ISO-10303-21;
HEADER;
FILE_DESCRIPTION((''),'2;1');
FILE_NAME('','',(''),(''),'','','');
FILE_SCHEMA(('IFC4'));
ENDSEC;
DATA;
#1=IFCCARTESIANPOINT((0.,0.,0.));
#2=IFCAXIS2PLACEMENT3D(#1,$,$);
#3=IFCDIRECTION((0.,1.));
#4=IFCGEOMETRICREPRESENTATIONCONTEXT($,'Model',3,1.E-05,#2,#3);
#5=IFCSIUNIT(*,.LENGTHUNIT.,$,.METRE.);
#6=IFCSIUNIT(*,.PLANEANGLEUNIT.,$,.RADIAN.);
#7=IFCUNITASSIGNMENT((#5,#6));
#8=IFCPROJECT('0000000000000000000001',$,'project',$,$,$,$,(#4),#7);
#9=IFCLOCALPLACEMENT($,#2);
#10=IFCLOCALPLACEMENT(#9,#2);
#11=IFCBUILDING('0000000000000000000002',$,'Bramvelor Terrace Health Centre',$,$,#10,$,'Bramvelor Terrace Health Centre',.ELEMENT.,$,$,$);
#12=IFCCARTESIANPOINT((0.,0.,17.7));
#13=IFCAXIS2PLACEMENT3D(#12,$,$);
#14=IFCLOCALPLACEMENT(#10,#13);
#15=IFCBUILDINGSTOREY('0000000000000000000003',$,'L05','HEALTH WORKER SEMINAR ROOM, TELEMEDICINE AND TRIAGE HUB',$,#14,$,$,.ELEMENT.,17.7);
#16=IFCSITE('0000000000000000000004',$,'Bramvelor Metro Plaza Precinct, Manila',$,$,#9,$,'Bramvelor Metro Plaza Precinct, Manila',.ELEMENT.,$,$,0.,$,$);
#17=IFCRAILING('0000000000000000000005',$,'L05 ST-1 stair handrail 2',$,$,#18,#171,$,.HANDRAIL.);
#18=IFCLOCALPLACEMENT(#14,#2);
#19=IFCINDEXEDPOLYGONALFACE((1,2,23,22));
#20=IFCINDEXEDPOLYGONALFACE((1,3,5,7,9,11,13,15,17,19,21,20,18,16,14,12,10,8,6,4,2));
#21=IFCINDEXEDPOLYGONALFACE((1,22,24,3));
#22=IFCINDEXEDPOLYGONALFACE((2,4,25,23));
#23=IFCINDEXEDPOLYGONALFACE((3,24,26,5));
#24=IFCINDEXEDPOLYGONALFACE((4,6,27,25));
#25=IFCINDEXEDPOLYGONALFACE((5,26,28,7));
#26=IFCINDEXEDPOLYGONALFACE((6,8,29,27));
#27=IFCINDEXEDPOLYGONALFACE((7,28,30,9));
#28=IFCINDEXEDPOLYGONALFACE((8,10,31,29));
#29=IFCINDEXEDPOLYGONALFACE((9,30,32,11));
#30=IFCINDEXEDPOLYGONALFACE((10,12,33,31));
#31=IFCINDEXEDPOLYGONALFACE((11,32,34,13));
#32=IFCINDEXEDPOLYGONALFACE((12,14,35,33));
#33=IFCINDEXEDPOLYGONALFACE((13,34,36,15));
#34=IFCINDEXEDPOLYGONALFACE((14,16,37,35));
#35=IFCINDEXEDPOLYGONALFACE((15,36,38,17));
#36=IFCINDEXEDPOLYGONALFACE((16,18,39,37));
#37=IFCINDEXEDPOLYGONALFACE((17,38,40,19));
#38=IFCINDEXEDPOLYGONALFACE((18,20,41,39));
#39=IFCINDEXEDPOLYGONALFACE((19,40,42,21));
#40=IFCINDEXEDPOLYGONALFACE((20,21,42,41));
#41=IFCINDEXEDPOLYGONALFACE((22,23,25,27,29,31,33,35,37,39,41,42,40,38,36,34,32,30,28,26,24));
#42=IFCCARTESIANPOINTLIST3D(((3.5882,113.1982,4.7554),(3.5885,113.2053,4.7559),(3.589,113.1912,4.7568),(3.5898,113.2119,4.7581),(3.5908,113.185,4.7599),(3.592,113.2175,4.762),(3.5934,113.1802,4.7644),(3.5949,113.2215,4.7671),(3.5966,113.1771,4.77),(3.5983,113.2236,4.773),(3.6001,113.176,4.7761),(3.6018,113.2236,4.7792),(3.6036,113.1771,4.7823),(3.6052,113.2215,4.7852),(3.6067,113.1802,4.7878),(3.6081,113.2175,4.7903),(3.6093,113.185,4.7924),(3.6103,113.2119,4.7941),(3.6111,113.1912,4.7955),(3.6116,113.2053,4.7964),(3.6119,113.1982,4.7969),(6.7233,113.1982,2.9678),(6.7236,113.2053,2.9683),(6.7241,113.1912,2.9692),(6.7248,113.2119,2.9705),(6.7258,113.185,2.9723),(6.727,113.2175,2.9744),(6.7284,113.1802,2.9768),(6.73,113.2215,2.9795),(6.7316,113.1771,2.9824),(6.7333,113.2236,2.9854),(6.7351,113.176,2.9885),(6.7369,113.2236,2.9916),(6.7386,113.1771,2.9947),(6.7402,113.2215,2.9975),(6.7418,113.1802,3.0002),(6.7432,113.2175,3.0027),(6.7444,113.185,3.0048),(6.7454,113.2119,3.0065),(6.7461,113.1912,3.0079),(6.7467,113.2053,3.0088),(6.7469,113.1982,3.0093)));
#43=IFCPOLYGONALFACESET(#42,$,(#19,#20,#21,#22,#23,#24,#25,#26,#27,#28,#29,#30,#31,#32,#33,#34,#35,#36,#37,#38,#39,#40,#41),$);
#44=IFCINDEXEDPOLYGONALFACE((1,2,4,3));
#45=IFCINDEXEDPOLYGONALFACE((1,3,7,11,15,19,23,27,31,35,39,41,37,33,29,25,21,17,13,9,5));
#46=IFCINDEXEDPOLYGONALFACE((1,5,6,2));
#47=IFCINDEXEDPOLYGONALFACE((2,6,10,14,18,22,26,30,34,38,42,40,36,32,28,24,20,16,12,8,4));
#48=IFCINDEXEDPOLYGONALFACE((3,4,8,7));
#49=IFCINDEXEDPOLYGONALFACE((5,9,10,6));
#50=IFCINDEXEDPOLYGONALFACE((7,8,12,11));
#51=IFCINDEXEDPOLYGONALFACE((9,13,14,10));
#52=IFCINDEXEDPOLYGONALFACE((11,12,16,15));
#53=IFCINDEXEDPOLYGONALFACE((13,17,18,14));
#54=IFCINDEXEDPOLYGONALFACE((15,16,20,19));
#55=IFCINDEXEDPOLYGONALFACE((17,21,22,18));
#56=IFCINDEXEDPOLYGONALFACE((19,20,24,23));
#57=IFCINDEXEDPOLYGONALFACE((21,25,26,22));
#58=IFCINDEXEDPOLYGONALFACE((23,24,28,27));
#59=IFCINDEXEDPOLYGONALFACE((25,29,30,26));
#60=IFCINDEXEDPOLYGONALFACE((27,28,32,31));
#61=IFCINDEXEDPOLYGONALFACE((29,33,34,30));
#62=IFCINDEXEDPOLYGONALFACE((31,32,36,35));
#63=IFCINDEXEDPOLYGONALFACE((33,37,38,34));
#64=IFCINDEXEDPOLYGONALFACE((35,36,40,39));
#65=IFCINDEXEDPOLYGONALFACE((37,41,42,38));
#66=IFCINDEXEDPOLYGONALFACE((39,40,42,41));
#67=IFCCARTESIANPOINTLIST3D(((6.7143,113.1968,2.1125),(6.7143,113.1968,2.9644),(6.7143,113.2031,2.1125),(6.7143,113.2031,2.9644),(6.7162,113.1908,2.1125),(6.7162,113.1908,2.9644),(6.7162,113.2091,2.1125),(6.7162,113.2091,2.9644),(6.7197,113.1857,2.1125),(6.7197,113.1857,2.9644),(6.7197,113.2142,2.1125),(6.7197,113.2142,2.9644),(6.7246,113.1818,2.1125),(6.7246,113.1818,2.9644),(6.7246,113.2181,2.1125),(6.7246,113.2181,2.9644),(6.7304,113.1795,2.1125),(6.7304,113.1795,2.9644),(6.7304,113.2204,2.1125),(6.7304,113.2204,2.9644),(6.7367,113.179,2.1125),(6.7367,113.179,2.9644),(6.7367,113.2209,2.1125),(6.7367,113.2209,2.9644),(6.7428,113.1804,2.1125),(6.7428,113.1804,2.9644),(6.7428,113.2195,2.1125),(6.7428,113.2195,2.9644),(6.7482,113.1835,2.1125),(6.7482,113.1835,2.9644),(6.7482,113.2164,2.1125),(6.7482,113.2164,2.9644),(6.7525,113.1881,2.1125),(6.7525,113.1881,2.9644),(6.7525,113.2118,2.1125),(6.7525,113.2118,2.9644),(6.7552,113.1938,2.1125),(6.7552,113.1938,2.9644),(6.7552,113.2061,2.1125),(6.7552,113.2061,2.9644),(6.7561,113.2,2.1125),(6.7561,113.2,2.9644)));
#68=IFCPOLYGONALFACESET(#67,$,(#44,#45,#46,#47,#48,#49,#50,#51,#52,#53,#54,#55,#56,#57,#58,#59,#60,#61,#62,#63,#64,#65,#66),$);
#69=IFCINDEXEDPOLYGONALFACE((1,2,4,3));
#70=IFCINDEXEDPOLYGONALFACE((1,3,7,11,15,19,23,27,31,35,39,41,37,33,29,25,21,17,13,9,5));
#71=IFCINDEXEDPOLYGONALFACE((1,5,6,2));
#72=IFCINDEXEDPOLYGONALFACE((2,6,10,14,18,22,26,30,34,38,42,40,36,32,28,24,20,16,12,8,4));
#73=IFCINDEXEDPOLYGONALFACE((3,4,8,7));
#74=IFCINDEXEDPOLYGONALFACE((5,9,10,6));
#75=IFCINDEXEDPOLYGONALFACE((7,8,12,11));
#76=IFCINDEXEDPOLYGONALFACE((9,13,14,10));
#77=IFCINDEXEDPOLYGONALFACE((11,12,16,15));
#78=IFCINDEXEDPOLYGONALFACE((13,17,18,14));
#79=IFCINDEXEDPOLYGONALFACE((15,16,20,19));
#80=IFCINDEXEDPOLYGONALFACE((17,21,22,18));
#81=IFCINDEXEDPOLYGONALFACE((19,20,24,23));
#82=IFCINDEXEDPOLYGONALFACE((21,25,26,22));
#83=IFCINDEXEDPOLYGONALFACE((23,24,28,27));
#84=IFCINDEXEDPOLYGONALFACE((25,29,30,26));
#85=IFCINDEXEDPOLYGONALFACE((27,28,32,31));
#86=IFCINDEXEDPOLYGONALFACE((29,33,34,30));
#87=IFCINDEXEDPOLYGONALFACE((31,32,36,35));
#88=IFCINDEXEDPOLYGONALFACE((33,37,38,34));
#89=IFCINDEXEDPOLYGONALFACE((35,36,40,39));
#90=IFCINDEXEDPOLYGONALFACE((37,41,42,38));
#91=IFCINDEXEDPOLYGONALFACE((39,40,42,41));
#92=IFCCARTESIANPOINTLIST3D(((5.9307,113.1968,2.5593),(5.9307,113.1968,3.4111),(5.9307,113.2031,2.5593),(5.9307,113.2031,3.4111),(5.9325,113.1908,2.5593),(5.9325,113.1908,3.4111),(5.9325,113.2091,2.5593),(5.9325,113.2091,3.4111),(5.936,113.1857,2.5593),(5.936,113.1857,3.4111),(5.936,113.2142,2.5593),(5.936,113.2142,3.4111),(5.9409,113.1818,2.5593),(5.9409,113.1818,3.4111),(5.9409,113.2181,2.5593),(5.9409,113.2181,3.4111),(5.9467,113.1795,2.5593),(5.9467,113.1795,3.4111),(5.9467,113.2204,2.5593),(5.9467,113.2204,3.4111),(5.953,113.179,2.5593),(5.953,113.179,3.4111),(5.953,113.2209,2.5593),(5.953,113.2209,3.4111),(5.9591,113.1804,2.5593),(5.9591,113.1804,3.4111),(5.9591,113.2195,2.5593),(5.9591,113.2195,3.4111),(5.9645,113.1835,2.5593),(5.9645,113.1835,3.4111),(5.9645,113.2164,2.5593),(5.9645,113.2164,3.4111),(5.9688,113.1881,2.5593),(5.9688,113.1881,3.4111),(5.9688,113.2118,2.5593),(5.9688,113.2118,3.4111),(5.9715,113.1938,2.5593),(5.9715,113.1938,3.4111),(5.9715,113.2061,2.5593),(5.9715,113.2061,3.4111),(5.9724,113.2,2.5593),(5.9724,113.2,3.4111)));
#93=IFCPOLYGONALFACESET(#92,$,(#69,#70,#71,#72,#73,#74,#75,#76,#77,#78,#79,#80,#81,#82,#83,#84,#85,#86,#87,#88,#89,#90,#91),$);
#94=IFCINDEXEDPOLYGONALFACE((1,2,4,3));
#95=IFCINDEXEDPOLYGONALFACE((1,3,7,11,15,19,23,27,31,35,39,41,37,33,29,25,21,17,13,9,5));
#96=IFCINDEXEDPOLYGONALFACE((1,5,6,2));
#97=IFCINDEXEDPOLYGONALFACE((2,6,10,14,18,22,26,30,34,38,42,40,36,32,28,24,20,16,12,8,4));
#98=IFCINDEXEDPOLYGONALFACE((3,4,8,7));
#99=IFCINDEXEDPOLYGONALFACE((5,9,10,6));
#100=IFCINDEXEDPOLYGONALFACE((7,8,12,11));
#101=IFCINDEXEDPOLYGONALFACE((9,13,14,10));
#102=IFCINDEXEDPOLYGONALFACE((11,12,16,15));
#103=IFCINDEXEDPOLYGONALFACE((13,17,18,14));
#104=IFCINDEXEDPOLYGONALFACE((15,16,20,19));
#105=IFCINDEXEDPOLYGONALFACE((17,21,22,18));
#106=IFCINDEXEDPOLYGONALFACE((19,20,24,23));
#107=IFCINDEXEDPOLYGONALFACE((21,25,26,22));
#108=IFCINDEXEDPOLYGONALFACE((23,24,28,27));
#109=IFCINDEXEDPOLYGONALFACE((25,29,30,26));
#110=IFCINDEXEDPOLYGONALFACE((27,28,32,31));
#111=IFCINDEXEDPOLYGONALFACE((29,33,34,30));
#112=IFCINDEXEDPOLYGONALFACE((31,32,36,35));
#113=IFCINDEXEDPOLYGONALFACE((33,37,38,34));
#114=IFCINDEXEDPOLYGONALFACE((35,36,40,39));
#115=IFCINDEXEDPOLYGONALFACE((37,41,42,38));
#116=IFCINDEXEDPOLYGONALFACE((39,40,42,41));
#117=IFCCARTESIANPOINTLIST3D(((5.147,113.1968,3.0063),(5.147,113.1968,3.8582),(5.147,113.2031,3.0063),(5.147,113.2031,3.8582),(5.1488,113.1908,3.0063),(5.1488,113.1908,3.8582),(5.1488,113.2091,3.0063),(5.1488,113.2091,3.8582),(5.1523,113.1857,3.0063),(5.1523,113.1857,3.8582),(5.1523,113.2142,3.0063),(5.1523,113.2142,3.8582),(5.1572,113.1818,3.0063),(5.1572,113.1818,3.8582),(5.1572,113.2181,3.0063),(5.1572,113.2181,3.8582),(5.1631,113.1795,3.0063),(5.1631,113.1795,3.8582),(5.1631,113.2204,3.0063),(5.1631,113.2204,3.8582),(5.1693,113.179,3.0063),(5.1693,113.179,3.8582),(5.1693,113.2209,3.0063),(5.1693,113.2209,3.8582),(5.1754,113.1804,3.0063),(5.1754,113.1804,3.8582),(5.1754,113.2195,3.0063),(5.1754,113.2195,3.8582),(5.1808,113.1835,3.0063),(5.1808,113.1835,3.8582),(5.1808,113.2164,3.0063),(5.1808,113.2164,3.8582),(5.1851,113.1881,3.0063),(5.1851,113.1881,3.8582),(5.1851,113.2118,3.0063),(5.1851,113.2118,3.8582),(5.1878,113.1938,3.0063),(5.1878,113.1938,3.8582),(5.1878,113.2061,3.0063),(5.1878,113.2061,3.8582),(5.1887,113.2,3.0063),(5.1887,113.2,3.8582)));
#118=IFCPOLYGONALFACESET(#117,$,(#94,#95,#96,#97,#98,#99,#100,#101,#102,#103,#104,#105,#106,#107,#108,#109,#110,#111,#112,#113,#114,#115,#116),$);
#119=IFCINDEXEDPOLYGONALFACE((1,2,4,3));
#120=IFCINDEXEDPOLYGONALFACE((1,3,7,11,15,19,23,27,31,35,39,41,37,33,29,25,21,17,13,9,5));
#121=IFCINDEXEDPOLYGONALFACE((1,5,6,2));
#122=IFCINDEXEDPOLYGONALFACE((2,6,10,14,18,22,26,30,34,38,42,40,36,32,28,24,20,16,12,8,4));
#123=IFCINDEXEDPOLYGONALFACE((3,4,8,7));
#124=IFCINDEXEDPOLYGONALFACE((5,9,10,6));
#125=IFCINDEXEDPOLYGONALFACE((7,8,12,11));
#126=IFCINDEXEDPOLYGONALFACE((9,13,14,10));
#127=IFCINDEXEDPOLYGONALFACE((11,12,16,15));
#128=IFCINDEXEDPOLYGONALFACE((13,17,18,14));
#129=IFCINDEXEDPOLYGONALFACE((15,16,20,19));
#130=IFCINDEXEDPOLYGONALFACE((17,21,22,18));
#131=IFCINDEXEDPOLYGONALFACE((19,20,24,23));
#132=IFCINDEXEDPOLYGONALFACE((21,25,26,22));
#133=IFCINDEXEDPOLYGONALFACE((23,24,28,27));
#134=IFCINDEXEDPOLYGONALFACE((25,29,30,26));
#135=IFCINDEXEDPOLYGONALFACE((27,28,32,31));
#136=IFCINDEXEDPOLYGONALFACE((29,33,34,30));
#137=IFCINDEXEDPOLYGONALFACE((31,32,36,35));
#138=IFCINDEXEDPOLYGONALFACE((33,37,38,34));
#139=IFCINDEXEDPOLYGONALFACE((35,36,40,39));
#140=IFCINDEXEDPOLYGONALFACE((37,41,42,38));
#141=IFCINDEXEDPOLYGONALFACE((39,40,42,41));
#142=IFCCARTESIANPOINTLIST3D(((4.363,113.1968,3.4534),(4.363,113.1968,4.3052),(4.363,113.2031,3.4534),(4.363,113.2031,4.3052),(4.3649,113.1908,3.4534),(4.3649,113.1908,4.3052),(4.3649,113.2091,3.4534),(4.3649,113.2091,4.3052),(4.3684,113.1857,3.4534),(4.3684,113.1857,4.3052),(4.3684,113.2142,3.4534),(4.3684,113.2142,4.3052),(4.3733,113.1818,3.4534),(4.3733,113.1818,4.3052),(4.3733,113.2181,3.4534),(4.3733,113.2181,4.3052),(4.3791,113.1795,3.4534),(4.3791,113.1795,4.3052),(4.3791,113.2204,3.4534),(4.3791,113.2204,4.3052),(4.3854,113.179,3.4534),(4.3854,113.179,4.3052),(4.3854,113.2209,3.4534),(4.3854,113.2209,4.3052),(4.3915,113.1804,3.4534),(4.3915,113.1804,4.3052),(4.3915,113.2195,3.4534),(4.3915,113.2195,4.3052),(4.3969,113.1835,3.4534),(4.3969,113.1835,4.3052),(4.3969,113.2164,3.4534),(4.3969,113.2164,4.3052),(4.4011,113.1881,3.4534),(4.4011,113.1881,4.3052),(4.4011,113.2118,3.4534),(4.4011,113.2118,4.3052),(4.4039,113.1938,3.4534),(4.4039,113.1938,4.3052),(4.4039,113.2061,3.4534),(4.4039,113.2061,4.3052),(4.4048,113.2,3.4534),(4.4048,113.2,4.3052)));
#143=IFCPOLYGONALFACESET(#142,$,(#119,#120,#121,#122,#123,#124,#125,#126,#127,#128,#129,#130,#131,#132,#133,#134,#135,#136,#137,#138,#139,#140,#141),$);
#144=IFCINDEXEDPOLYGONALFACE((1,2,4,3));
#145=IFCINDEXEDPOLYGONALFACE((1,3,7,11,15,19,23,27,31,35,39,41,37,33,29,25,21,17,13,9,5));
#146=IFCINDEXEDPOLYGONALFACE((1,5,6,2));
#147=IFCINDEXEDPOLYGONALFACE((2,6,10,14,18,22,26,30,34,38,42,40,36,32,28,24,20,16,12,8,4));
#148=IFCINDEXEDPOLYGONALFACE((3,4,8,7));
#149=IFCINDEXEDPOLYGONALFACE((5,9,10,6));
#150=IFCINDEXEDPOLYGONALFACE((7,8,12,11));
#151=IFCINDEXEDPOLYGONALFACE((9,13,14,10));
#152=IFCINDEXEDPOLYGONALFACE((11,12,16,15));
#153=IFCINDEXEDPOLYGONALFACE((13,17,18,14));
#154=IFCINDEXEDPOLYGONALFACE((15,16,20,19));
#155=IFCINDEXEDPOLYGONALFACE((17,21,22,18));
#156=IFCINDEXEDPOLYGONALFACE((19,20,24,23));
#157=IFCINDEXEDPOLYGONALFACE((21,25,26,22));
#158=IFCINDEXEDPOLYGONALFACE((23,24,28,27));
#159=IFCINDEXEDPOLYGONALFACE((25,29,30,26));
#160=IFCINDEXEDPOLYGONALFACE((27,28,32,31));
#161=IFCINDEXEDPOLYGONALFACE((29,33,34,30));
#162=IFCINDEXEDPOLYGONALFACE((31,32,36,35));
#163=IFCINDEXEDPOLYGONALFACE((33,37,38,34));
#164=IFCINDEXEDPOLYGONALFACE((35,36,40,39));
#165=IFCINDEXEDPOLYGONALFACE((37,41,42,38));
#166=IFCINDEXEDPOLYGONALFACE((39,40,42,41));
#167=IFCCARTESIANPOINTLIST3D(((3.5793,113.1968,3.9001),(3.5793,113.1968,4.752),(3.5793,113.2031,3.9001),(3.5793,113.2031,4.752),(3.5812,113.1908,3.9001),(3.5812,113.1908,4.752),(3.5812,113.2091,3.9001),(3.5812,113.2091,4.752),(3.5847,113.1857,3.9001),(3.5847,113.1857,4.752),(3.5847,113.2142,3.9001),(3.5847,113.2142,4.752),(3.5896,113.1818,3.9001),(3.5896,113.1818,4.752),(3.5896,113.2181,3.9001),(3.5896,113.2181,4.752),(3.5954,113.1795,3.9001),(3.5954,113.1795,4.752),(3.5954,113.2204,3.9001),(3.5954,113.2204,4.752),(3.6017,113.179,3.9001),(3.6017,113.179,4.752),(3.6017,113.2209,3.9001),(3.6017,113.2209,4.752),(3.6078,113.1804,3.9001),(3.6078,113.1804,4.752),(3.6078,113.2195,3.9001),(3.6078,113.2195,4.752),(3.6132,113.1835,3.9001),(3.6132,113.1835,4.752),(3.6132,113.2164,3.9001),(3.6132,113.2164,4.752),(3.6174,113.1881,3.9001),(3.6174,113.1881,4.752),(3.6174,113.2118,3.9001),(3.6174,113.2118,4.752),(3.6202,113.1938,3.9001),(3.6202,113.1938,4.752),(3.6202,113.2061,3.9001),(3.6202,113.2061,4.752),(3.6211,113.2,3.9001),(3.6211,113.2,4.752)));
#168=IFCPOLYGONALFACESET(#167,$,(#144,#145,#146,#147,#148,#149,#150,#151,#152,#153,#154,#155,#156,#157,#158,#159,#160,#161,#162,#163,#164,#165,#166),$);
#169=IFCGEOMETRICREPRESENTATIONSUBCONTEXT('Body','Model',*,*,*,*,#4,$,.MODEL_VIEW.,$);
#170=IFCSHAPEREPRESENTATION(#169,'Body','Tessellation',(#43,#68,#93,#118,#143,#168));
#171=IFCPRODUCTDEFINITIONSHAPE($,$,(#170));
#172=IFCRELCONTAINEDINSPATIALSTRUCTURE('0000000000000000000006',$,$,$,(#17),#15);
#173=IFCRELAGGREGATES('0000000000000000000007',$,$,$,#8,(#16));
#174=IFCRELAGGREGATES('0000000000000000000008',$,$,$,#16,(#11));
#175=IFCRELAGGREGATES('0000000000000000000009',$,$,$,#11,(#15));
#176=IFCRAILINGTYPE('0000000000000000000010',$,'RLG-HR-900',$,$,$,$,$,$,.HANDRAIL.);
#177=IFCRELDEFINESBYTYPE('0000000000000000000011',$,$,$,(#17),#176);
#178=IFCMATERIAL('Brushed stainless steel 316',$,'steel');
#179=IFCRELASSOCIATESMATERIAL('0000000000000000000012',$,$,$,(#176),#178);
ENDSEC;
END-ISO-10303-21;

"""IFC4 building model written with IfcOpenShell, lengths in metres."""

from ifc_helpers import new_model, si_unit, direction, frame, origin, origin_2d, place, context, subcontext, project, spatial, circle, extrude, material, type_object, element, save


model = new_model("IFC4")

# Units and contexts
model_context = context("Model", 3, precision=1e-05, world=origin(), true_north=direction((0.0, 1.0)))
body_context = subcontext(model_context, "Body", "Model", "MODEL_VIEW")
ifc_project = project(units=[si_unit("LENGTHUNIT", "METRE"), si_unit("PLANEANGLEUNIT", "RADIAN")], contexts=[model_context])

# Site, building, storey
site_placement = place(None, origin())
site = spatial("IfcSite", under=ifc_project, at=site_placement, Name="Bramvelor Metro Plaza Precinct, Manila", LongName="Bramvelor Metro Plaza Precinct, Manila", CompositionType="ELEMENT", RefElevation=0.0)
building_placement = place(site_placement, origin())
building = spatial("IfcBuilding", under=site, at=building_placement, Name="Bramvelor Terrace Health Centre", LongName="Bramvelor Terrace Health Centre", CompositionType="ELEMENT")
storey_placement = place(building_placement, frame((0.0, 0.0, 17.7)))
storey = spatial("IfcBuildingStorey", under=building, at=storey_placement, Name="L05", Description="HEALTH WORKER SEMINAR ROOM, TELEMEDICINE AND TRIAGE HUB", CompositionType="ELEMENT", Elevation=17.7)

# Railing
ifc_material_1 = material(Name="Brushed stainless steel 316", Category="steel")
railing_type_1 = type_object("IfcRailingType", Name="RLG-HR-900", PredefinedType="HANDRAIL", material=ifc_material_1)
railing_1_placement = place(storey_placement, frame((6.7351, 113.2, 2.1125)))
element("IfcRailing", 1, at=railing_1_placement, inside=storey, type_object=railing_type_1, Name="L05 ST-1 stair handrail 2", PredefinedType="HANDRAIL", context=body_context, shape_type="SweptSolid", body=[
    extrude(circle(Radius=0.0239, at=origin_2d()), frame((0.0, 0.0, 0.876), z_axis=(-0.868701, 0.0, 0.495337), x_axis=(0.0, -1.0, 0.0)), (0.0, 0.0, 1.0), 3.6089),
    extrude(circle(Radius=0.021, at=origin_2d()), origin(), (0.0, 0.0, 1.0), 0.8518),
    extrude(circle(Radius=0.021, at=origin_2d()), frame((-0.7837, 0.0, 0.4468)), (0.0, 0.0, 1.0), 0.8518),
    extrude(circle(Radius=0.021, at=origin_2d()), frame((-1.5674, 0.0, 0.8938)), (0.0, 0.0, 1.0), 0.8518),
    extrude(circle(Radius=0.021, at=origin_2d()), frame((-2.3513, 0.0, 1.3408)), (0.0, 0.0, 1.0), 0.8518),
    extrude(circle(Radius=0.021, at=origin_2d()), frame((-3.135, 0.0, 1.7876)), (0.0, 0.0, 1.0), 0.8518),
])

save(model, "model.ifc")
